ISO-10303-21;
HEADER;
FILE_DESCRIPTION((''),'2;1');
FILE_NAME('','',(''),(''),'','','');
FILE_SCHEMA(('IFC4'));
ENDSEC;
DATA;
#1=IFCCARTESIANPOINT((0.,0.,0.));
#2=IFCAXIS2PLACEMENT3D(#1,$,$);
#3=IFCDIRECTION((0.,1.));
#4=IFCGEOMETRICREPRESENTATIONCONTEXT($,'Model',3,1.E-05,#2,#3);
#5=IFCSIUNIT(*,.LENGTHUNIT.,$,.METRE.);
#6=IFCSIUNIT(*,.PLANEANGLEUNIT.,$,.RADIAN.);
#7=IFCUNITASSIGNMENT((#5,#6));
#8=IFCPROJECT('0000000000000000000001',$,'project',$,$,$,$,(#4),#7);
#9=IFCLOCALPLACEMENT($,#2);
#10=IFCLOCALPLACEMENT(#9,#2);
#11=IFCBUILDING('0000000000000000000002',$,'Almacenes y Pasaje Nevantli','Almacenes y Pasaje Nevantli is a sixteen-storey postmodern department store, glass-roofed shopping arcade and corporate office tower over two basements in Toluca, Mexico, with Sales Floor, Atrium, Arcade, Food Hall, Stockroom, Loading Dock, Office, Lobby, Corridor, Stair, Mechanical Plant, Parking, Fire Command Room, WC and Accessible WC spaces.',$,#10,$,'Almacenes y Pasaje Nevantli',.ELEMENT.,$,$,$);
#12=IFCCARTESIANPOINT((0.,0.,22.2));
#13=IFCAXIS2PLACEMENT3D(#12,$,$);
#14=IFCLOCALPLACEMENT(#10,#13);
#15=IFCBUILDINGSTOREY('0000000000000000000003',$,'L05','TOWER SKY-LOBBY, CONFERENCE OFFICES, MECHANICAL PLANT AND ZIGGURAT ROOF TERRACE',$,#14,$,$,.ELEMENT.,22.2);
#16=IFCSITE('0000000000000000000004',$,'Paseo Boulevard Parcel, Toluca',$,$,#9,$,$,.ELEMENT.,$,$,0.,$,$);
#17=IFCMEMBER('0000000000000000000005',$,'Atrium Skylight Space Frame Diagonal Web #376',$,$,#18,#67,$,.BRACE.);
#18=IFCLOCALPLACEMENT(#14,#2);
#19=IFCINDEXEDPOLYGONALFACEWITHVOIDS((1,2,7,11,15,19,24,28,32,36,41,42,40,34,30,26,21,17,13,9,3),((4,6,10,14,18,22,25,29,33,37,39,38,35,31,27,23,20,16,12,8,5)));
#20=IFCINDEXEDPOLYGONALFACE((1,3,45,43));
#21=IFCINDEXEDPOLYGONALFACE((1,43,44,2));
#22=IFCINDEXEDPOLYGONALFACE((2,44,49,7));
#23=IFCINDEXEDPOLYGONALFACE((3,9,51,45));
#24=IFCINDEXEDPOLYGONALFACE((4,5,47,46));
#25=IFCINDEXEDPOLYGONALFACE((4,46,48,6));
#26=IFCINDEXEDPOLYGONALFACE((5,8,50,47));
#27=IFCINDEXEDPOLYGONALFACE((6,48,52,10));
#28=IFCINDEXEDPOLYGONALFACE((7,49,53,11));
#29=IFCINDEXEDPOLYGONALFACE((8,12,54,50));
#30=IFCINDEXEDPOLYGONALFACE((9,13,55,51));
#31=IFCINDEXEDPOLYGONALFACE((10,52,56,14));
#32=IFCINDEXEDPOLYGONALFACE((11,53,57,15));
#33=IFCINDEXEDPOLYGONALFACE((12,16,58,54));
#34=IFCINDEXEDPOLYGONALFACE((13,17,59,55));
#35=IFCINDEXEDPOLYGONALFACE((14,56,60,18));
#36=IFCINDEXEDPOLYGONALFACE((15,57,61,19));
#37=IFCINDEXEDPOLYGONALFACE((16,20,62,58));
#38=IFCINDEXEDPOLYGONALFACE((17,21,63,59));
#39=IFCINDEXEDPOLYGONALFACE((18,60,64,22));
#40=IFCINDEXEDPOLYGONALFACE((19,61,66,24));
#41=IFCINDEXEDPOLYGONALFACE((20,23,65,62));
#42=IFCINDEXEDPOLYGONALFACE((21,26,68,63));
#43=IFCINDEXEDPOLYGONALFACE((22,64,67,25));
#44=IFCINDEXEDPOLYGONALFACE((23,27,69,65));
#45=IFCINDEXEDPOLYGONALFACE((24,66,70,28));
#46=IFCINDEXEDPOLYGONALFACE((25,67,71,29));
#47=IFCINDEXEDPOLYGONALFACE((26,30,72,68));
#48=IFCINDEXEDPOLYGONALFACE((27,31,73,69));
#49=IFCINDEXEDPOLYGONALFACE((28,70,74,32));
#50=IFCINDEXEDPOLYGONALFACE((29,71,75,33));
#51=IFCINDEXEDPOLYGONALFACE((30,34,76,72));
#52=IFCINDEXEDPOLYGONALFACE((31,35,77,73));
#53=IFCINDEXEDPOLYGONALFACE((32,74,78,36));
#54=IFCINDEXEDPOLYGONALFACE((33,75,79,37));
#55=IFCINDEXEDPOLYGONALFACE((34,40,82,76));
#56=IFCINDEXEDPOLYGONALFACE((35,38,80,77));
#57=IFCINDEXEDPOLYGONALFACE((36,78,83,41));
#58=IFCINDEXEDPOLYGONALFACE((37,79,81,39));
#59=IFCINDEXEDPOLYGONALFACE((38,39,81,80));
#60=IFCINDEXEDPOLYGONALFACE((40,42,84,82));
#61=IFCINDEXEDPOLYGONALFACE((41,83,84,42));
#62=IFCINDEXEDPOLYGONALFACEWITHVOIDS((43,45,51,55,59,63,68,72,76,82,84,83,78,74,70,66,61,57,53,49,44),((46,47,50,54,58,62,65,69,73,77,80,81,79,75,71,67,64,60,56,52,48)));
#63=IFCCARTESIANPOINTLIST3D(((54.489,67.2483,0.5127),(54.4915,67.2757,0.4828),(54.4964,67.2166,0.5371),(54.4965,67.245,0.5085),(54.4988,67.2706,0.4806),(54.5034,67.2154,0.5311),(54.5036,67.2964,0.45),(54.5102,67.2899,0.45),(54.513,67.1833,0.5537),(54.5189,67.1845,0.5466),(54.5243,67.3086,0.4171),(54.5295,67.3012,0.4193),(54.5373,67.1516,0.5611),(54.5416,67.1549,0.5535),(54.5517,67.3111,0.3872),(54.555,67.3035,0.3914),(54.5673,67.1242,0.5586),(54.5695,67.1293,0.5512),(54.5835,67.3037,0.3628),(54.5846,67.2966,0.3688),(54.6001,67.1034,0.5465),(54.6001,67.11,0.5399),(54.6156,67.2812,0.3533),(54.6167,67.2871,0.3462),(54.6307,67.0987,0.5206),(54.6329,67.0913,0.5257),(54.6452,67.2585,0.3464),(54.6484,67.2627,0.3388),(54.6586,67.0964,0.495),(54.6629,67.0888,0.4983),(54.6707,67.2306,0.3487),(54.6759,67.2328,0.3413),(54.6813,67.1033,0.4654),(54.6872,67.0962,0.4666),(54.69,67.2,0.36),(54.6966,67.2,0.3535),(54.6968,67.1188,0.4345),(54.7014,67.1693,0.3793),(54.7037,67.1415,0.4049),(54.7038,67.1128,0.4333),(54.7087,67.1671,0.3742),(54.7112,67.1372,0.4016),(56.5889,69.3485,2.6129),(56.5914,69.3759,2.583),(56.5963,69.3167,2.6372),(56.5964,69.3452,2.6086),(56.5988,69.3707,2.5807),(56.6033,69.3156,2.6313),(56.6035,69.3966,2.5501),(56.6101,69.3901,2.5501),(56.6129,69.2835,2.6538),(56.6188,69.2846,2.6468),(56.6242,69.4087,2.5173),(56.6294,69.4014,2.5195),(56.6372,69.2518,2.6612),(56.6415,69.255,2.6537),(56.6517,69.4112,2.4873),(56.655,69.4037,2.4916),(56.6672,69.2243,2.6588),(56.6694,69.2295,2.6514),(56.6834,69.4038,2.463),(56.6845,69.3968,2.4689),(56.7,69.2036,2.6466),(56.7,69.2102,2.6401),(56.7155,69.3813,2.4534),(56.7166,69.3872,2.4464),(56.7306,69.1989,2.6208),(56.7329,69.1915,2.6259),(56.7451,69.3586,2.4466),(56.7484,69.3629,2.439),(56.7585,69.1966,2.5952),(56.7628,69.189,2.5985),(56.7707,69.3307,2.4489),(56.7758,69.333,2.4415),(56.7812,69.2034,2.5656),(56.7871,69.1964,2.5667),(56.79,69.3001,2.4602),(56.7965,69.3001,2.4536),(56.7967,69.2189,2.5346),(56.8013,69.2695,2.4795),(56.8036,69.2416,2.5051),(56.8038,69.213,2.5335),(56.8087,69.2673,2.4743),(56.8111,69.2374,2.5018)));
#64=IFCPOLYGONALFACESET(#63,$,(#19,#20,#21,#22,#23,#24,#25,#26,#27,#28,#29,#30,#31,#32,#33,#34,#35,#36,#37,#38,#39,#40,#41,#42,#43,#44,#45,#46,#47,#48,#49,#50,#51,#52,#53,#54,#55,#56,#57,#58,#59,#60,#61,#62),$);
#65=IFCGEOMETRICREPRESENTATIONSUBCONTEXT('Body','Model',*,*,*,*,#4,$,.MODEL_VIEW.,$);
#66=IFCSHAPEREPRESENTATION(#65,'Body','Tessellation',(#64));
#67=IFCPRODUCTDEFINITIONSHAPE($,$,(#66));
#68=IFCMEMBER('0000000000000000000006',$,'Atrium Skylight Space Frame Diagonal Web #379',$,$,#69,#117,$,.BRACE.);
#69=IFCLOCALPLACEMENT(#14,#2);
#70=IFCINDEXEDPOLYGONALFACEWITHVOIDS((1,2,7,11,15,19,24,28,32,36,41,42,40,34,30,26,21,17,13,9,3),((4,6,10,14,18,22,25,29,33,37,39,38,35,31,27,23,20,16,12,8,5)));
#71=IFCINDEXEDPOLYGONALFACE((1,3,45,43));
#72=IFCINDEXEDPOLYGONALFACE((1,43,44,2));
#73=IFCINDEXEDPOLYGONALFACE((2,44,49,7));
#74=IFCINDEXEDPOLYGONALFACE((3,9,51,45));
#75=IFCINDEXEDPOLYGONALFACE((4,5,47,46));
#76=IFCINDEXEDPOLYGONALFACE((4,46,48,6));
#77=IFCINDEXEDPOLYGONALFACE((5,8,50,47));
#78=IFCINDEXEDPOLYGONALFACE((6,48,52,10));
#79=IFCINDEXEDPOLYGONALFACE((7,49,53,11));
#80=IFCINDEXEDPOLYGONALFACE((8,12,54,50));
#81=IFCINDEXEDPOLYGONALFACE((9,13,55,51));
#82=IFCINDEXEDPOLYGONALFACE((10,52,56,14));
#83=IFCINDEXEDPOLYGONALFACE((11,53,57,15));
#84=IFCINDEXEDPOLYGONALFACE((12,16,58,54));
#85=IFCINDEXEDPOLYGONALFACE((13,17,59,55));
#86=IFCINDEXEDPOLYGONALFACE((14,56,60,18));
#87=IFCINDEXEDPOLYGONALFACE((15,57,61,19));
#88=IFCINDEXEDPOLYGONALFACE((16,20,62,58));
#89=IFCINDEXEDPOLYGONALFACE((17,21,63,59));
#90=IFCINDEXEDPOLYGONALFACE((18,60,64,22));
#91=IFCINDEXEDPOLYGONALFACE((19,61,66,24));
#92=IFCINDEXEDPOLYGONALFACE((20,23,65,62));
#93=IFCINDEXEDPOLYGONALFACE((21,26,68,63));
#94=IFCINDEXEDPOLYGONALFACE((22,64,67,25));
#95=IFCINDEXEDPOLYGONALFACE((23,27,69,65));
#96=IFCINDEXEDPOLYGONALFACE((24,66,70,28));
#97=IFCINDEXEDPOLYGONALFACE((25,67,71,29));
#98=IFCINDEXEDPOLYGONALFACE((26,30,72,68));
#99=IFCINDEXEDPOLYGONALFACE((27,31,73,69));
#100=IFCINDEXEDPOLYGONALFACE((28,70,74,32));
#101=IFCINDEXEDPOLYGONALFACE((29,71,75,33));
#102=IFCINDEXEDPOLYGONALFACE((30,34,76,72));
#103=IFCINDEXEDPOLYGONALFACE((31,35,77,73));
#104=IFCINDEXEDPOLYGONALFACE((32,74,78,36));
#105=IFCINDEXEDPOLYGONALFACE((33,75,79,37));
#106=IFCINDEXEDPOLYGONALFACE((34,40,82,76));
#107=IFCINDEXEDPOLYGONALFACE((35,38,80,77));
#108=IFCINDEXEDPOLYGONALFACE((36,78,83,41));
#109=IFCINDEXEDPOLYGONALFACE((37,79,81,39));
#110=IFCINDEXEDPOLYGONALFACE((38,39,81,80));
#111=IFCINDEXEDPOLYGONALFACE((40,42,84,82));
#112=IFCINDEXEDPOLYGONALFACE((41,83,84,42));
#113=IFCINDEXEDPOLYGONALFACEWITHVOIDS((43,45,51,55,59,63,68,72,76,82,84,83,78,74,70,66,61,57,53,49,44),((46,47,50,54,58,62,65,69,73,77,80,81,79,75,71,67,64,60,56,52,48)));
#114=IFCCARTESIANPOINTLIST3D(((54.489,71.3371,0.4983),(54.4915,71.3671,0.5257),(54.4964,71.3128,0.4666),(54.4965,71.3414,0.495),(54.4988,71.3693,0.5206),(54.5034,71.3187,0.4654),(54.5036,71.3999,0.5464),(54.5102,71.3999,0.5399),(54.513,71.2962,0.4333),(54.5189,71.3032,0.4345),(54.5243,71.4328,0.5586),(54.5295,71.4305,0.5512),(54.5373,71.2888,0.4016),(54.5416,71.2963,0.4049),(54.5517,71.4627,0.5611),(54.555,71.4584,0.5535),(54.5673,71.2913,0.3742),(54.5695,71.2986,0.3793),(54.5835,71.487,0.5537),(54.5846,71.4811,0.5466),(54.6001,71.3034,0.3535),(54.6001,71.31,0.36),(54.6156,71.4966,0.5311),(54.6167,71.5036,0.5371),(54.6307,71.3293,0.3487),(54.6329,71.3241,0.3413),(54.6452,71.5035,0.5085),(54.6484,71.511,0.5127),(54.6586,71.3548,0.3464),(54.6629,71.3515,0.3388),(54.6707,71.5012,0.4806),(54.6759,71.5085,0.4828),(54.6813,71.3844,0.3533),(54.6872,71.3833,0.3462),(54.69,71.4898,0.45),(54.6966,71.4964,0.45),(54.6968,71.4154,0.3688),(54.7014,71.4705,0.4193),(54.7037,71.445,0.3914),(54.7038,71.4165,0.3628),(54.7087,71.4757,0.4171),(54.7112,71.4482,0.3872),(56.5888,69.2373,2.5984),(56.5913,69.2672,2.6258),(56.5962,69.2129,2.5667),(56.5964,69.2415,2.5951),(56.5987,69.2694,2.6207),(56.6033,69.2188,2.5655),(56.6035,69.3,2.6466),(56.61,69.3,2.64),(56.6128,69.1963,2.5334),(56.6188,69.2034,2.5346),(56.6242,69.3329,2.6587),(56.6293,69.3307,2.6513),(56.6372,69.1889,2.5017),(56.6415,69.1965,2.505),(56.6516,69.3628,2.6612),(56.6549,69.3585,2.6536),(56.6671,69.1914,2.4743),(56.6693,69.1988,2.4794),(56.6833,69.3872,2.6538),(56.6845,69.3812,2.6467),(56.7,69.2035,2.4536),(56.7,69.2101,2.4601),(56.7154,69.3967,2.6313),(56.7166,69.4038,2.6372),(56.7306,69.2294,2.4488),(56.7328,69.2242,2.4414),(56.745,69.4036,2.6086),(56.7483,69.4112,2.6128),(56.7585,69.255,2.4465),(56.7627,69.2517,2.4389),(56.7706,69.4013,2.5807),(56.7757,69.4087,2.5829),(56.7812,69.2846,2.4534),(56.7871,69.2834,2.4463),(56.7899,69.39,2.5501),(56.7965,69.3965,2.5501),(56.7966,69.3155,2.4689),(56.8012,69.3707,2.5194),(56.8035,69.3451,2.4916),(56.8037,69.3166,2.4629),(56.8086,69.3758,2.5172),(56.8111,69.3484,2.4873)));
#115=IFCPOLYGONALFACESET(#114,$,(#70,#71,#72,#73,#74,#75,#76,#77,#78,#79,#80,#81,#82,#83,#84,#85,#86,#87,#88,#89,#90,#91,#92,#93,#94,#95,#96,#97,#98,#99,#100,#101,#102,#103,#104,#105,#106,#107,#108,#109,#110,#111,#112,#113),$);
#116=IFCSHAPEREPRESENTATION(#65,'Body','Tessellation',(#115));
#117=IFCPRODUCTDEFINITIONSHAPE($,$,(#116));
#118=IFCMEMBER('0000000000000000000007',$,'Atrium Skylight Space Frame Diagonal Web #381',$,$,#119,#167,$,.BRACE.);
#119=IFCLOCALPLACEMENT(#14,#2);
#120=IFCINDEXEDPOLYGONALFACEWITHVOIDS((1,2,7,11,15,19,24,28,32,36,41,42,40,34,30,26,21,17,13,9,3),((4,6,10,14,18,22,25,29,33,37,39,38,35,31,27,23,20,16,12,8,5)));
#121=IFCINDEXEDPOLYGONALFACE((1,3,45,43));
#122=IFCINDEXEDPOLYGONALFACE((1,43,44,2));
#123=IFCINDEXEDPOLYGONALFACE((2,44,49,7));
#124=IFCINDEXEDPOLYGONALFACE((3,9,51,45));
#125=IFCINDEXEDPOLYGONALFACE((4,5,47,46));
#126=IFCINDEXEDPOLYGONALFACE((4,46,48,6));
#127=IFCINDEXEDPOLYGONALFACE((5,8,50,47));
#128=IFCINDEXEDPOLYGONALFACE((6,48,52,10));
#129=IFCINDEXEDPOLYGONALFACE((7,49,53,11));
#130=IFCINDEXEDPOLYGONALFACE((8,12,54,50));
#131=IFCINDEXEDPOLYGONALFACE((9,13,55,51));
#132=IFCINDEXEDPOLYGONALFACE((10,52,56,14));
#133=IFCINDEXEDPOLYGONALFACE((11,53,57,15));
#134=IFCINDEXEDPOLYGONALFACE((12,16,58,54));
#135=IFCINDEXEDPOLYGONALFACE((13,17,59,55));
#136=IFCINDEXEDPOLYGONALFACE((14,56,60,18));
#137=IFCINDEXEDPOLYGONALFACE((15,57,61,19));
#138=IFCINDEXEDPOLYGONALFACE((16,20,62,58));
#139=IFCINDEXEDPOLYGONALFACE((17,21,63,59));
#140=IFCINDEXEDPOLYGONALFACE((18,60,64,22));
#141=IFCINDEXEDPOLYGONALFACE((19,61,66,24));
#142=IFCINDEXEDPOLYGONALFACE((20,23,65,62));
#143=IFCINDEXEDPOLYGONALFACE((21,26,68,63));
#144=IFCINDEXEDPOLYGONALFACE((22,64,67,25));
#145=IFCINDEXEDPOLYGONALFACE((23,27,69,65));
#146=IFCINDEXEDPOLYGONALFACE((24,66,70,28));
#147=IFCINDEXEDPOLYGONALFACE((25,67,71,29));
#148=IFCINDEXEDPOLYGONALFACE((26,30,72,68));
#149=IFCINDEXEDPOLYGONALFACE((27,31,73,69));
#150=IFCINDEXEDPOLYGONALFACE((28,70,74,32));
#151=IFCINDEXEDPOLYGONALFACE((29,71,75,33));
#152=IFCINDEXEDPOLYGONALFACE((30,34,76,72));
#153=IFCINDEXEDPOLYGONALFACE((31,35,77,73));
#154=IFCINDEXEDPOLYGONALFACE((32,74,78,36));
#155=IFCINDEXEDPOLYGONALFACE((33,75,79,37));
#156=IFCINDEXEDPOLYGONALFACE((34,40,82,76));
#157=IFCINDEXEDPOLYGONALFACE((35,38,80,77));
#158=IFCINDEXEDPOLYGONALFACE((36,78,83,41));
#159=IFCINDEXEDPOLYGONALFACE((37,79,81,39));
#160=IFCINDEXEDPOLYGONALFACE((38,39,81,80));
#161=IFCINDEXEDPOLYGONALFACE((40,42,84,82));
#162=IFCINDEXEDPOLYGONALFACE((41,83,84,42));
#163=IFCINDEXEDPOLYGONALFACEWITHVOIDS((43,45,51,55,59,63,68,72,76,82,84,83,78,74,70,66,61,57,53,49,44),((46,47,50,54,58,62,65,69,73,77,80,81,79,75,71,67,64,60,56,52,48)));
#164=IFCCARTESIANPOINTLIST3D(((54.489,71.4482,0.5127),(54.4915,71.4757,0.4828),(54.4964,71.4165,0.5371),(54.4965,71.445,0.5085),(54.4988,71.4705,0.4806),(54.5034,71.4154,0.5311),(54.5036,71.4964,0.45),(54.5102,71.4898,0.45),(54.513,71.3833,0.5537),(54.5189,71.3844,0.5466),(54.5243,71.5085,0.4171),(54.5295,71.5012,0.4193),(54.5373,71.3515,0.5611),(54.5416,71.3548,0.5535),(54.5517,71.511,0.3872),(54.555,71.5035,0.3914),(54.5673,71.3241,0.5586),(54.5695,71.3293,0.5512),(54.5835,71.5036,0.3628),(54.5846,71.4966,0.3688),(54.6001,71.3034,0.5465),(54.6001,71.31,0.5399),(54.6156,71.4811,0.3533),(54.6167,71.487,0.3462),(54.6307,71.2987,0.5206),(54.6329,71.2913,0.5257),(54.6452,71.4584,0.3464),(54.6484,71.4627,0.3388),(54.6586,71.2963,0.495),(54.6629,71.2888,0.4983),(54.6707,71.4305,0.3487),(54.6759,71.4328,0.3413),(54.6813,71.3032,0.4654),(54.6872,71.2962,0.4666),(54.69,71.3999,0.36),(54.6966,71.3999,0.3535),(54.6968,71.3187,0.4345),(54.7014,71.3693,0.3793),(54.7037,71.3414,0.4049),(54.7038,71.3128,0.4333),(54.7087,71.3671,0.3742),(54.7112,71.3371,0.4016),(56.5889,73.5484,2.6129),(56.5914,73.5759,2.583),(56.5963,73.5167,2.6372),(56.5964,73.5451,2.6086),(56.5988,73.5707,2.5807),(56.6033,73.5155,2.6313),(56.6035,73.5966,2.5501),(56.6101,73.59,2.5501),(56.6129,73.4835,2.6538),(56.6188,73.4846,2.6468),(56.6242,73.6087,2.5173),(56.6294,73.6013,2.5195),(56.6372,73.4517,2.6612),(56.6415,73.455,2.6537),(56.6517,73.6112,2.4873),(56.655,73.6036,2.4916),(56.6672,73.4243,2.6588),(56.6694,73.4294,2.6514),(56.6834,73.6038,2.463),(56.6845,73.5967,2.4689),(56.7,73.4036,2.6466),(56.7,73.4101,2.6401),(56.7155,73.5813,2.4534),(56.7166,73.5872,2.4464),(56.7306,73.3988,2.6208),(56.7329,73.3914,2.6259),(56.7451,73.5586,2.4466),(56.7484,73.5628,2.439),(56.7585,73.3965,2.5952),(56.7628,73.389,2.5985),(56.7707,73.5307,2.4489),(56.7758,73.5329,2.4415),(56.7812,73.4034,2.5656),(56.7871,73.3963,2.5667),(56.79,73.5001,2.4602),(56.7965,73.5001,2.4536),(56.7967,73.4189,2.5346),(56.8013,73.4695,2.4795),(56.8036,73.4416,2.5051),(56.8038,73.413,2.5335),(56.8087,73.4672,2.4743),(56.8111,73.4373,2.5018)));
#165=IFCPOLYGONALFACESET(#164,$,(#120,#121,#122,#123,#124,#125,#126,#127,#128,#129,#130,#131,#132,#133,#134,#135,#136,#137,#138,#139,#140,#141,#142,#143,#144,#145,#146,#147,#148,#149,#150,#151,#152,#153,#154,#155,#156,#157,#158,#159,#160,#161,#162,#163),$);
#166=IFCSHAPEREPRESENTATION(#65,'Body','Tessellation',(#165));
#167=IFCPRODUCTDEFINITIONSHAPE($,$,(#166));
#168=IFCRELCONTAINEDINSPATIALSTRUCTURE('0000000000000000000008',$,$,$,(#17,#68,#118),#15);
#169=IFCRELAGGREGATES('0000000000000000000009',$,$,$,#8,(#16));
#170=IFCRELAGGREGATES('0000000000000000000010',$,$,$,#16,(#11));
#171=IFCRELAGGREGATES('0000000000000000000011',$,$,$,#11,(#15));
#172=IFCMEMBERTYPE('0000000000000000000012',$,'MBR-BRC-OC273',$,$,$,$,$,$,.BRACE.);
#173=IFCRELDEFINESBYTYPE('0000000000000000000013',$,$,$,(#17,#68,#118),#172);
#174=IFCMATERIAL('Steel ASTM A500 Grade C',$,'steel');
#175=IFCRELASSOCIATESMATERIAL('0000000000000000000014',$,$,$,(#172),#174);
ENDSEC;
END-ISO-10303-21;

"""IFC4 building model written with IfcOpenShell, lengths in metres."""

from ifc_helpers import new_model, si_unit, direction, frame, origin, origin_2d, place, context, subcontext, project, spatial, hollow_circle, extrude, material, material_profile, profile_set, type_object, element, save


model = new_model("IFC4")

# Units and contexts
model_context = context("Model", 3, precision=1e-05, world=origin(), true_north=direction((0.0, 1.0)))
body_context = subcontext(model_context, "Body", "Model", "MODEL_VIEW")
ifc_project = project(units=[si_unit("LENGTHUNIT", "METRE"), si_unit("PLANEANGLEUNIT", "RADIAN")], contexts=[model_context])

# Site, building, storey
site_placement = place(None, origin())
site = spatial("IfcSite", under=ifc_project, at=site_placement, Name="Paseo Boulevard Parcel, Toluca", CompositionType="ELEMENT", RefElevation=0.0)
building_placement = place(site_placement, origin())
building = spatial("IfcBuilding", under=site, at=building_placement, Name="Almacenes y Pasaje Nevantli", Description="Almacenes y Pasaje Nevantli is a sixteen-storey postmodern department store, glass-roofed shopping arcade and corporate office tower over two basements in Toluca, Mexico, with Sales Floor, Atrium, Arcade, Food Hall, Stockroom, Loading Dock, Office, Lobby, Corridor, Stair, Mechanical Plant, Parking, Fire Command Room, WC and Accessible WC spaces.", LongName="Almacenes y Pasaje Nevantli", CompositionType="ELEMENT")
storey_placement = place(building_placement, frame((0.0, 0.0, 22.2)))
storey = spatial("IfcBuildingStorey", under=building, at=storey_placement, Name="L05", Description="TOWER SKY-LOBBY, CONFERENCE OFFICES, MECHANICAL PLANT AND ZIGGURAT ROOF TERRACE", CompositionType="ELEMENT", Elevation=22.2)

# Members
ifc_material_1 = material(Name="Steel ASTM A500 Grade C", Category="steel")
ifc_material_profile_1 = material_profile(ifc_material_1, hollow_circle(Radius=0.1365, WallThickness=0.0093, at=origin_2d()), Name="OC 273x9.3")
ifc_profile_set_1 = profile_set([ifc_material_profile_1], Name="Steel ASTM A500 Grade C")
member_type_1 = type_object("IfcMemberType", Name="MBR-BRC-OC273", PredefinedType="BRACE", material=ifc_profile_set_1)
member_1_placement = place(storey_placement, frame((54.6001, 67.2, 0.45), z_axis=(0.577306, 0.577373, 0.577373), x_axis=(-0.707148, 0.707066, 0.0)))
element("IfcMember", 1, at=member_1_placement, inside=storey, type_object=member_type_1, Name="Atrium Skylight Space Frame Diagonal Web #376", PredefinedType="BRACE", context=body_context, shape_type="SweptSolid", body=[
    extrude(hollow_circle(Radius=0.1365, WallThickness=0.0093, at=origin_2d()), origin(), (0.0, 0.0, 1.0), 3.6375),
])
member_2_placement = place(storey_placement, frame((54.6001, 71.3999, 0.45), z_axis=(0.577328, -0.577328, 0.577395), x_axis=(0.707107, 0.707107, 0.0)))
element("IfcMember", 2, at=member_2_placement, inside=storey, type_object=member_type_1, Name="Atrium Skylight Space Frame Diagonal Web #379", PredefinedType="BRACE", context=body_context, shape_type="SweptSolid", body=[
    extrude(hollow_circle(Radius=0.1365, WallThickness=0.0093, at=origin_2d()), origin(), (0.0, 0.0, 1.0), 3.6372),
])
for number, where, z_axis, x_axis, name in (
    (3, (54.6001, 71.3999, 0.45), (0.577306, 0.577373, 0.577373), (-0.707148, 0.707066, 0.0), "Atrium Skylight Space Frame Diagonal Web #381"),
):
    element("IfcMember", number, at=place(storey_placement, frame(where, z_axis=z_axis, x_axis=x_axis)), inside=storey, type_object=member_type_1, Name=name, PredefinedType="BRACE", context=body_context, shape_type="SweptSolid", body=[
        extrude(hollow_circle(Radius=0.1365, WallThickness=0.0093, at=origin_2d()), origin(), (0.0, 0.0, 1.0), 3.6375),
    ])

save(model, "model.ifc")
